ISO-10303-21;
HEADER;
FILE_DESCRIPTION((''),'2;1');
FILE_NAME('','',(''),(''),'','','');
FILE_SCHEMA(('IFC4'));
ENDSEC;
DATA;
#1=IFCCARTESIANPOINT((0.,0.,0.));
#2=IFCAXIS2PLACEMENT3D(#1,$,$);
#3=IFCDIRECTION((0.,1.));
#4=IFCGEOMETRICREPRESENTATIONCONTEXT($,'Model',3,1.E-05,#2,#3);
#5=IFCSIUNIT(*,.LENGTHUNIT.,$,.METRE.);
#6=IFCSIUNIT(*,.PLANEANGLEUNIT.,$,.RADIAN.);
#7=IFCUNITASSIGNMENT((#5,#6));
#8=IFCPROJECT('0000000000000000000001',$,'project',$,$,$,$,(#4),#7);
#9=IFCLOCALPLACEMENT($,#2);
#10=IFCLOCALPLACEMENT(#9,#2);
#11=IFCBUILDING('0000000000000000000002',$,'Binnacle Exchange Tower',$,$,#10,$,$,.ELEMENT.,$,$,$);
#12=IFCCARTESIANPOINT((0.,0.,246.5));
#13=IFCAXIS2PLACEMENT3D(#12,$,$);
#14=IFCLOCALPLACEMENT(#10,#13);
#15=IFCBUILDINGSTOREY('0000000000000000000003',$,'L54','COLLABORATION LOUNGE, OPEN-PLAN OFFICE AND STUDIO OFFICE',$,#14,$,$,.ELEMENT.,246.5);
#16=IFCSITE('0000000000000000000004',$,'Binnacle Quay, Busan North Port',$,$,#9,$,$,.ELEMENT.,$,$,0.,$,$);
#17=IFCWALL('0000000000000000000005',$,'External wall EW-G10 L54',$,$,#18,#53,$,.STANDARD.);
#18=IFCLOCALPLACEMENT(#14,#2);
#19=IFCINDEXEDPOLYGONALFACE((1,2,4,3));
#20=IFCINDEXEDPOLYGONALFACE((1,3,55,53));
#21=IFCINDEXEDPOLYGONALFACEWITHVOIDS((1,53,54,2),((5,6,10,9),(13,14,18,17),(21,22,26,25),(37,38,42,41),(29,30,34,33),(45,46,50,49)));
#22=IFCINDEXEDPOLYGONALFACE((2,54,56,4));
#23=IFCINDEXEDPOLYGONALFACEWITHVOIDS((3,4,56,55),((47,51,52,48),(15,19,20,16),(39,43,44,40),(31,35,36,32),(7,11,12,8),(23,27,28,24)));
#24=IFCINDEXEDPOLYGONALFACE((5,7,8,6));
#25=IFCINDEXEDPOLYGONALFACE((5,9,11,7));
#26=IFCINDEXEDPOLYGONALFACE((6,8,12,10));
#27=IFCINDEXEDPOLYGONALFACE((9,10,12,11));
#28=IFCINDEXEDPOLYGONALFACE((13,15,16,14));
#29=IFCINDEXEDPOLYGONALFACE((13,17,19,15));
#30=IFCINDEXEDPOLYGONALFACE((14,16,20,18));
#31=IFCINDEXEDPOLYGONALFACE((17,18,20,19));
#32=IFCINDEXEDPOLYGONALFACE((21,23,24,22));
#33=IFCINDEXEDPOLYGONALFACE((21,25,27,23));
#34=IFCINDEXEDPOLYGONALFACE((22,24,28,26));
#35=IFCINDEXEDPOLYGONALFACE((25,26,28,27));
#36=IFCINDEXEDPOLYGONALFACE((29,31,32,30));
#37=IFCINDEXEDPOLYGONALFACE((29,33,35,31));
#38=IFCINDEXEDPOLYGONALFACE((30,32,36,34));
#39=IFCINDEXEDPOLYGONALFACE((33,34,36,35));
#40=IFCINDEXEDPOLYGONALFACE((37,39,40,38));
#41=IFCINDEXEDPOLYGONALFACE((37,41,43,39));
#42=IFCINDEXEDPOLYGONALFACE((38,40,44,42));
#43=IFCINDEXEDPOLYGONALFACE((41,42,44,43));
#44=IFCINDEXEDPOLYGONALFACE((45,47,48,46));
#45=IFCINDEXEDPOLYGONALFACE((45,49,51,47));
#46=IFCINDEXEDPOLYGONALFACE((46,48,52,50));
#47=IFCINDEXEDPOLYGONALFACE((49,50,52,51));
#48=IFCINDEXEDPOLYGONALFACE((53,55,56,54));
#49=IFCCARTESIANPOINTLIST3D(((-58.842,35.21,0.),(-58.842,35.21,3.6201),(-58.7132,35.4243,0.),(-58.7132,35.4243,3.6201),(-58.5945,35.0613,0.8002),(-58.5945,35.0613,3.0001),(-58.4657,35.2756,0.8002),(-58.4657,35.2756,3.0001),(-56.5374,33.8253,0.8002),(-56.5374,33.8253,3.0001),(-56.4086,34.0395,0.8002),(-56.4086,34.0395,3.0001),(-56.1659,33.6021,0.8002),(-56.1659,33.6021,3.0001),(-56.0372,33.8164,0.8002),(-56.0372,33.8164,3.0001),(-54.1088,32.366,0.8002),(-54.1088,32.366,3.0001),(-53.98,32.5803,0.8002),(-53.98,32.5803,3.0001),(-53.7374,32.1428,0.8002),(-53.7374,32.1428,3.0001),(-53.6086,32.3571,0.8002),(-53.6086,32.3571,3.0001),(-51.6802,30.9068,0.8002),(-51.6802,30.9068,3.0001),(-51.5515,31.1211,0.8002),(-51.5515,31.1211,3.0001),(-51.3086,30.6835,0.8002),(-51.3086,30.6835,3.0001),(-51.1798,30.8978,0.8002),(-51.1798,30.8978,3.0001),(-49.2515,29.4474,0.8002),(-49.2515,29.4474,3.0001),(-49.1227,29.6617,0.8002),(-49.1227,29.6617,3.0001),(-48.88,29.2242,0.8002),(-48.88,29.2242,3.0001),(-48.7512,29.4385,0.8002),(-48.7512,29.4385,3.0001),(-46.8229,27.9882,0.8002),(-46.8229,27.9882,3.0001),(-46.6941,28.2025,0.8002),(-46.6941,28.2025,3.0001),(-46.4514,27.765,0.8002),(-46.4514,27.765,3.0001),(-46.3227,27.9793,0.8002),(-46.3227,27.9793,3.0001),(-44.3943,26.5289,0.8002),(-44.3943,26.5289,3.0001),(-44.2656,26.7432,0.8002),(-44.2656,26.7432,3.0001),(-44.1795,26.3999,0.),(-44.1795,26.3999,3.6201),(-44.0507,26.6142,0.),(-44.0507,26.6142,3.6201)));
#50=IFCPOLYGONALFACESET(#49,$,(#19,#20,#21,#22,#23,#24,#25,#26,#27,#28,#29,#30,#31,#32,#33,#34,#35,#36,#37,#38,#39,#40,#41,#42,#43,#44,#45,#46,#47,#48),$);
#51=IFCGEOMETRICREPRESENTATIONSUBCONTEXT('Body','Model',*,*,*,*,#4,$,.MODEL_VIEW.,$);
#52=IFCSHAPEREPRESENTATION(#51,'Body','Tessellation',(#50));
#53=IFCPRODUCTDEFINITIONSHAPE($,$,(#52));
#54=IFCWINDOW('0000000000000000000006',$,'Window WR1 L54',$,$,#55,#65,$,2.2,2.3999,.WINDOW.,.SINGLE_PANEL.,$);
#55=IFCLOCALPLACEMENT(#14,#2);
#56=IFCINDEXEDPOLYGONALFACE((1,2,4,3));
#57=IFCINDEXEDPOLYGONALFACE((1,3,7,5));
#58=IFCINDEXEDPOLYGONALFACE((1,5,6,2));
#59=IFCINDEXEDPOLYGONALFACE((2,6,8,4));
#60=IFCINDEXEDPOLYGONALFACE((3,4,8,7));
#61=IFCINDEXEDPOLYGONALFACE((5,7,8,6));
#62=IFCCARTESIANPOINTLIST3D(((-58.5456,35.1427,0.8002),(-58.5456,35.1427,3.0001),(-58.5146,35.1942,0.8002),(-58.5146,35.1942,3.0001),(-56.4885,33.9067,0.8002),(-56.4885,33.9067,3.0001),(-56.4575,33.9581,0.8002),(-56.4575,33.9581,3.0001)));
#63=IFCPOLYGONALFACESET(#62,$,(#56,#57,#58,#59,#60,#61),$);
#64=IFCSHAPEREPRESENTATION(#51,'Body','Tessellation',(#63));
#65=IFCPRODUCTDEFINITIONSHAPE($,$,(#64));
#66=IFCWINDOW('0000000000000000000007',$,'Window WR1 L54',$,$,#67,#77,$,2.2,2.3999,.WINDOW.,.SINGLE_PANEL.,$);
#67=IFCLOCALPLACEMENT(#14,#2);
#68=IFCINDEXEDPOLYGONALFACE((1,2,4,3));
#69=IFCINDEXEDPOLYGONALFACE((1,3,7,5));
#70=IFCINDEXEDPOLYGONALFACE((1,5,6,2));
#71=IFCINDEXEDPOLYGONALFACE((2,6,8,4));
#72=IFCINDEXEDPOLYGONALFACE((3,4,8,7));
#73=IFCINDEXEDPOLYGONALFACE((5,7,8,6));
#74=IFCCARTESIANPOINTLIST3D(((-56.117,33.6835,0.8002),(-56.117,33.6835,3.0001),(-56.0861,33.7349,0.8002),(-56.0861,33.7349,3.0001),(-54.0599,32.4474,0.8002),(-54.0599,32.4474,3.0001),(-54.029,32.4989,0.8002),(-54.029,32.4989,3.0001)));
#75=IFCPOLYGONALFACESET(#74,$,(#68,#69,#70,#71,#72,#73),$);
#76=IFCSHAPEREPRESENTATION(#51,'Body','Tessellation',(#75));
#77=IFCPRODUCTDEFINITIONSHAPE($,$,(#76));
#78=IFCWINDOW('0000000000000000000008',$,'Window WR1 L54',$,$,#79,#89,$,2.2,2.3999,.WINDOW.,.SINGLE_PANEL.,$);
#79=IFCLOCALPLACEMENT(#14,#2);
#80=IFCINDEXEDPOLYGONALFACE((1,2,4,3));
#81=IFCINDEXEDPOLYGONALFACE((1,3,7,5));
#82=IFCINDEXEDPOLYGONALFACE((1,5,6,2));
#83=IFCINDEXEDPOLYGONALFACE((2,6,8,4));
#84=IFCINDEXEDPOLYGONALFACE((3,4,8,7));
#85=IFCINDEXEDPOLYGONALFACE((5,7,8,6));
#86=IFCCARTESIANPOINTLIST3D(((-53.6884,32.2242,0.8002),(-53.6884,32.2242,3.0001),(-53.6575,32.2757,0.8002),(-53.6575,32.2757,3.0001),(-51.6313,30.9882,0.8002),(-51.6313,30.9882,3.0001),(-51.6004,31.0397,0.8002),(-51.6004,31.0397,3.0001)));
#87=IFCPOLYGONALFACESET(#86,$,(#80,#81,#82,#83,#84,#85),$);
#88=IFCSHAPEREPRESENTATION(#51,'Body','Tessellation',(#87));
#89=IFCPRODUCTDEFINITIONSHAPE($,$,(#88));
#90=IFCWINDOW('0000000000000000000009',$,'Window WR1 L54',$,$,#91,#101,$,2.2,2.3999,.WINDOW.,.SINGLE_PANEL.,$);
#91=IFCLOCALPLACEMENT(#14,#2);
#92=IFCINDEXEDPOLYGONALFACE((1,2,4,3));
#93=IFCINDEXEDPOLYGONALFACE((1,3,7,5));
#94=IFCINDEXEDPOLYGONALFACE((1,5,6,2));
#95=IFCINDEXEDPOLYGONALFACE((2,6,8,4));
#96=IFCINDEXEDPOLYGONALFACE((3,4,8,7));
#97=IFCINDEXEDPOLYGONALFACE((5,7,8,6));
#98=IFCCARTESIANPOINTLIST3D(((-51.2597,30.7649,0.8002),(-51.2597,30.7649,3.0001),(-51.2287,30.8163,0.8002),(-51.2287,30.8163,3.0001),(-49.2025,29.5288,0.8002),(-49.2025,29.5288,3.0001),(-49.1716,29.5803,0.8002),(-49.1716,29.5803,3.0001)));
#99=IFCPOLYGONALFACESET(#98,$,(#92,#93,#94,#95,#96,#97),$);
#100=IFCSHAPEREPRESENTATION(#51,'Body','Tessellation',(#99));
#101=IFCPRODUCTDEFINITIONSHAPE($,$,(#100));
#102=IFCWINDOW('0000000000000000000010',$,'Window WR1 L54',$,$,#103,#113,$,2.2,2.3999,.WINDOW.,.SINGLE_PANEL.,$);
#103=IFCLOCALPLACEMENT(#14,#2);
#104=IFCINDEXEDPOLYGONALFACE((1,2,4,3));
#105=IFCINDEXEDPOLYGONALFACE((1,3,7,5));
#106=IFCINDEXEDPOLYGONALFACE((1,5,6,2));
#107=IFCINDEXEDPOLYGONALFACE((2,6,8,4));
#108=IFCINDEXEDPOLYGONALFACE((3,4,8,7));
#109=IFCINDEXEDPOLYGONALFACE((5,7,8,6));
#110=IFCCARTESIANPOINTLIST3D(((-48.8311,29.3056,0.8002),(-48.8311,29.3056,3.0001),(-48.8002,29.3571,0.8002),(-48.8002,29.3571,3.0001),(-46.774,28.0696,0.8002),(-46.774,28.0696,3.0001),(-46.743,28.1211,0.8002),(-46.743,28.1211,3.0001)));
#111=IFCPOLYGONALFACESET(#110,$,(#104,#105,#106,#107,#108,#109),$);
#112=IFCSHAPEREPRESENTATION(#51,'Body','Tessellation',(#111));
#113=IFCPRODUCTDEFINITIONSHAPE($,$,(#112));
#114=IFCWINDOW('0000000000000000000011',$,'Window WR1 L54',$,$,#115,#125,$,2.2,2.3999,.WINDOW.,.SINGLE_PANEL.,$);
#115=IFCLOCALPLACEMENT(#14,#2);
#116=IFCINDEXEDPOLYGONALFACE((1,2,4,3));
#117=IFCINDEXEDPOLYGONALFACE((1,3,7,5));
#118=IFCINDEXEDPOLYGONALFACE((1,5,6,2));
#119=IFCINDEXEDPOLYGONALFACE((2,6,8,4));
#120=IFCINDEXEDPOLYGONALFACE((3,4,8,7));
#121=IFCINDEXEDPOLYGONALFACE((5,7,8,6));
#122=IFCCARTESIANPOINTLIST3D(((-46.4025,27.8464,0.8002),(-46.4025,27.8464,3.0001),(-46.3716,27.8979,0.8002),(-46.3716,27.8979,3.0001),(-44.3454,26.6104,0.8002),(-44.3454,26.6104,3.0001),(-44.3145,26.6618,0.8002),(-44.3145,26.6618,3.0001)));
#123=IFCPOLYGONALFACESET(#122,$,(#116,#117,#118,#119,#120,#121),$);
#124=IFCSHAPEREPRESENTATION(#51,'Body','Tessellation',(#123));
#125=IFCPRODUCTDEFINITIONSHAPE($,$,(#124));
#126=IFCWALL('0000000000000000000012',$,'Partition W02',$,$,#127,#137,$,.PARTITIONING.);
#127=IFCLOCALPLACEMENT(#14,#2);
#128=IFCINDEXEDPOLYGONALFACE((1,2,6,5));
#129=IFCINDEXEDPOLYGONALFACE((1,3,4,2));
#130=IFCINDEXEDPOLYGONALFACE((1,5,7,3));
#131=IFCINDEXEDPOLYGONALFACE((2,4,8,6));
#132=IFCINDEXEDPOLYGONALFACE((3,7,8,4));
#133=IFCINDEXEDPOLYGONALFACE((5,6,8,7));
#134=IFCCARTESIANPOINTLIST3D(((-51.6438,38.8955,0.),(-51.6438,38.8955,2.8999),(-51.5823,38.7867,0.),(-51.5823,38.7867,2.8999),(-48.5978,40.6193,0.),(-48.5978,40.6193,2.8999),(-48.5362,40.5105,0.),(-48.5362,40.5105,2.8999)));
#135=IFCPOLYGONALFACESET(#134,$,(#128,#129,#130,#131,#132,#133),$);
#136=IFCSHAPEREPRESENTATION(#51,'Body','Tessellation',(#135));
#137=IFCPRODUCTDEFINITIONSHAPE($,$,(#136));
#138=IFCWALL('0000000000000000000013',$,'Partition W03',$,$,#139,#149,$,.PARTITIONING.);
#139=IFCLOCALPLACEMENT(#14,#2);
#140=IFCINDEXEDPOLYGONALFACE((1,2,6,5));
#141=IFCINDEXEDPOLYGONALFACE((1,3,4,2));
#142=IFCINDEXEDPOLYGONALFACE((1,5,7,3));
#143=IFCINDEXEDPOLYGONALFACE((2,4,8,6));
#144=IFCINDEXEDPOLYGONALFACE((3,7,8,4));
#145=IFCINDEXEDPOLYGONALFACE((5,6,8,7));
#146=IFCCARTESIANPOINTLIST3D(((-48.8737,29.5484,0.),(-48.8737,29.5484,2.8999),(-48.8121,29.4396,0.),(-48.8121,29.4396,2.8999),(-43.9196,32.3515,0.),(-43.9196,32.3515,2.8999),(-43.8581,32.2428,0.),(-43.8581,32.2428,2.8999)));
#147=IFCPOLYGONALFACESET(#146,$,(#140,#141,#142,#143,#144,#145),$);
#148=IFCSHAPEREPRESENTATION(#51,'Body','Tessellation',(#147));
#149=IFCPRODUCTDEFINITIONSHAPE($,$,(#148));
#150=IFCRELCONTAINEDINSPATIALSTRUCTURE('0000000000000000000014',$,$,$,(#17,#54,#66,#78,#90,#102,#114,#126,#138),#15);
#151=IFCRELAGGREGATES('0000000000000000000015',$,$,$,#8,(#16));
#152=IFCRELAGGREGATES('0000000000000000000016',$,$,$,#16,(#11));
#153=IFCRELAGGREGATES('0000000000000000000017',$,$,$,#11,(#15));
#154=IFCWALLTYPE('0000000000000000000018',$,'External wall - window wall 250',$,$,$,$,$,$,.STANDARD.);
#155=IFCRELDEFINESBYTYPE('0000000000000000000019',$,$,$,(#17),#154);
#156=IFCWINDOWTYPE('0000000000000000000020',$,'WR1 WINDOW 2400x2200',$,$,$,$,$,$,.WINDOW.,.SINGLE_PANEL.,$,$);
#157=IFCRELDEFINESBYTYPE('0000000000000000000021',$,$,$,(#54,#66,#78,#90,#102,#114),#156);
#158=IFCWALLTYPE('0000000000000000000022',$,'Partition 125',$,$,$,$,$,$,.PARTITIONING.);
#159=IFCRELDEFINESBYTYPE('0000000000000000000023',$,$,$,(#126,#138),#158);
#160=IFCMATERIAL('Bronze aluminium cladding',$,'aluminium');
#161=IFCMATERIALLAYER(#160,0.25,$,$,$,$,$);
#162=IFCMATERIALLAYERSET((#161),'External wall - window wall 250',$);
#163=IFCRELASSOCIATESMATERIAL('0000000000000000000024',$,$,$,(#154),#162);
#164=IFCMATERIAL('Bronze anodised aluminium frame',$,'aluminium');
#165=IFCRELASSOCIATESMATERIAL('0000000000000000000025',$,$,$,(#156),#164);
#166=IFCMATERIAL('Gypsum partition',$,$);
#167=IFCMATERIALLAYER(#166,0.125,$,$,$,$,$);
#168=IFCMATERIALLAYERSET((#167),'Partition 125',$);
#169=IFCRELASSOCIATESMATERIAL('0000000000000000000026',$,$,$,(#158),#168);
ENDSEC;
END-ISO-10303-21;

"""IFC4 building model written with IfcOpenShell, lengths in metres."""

from ifc_helpers import new_model, si_unit, direction, frame, frame_2d, origin, place, context, subcontext, project, spatial, rectangle, extrude, material, layer, layer_set, type_object, element, fill, save


model = new_model("IFC4")

# Units and contexts
model_context = context("Model", 3, precision=1e-05, world=origin(), true_north=direction((0.0, 1.0)))
body_context = subcontext(model_context, "Body", "Model", "MODEL_VIEW")
ifc_project = project(units=[si_unit("LENGTHUNIT", "METRE"), si_unit("PLANEANGLEUNIT", "RADIAN")], contexts=[model_context])

# Site, building, storey
site_placement = place(None, origin())
site = spatial("IfcSite", under=ifc_project, at=site_placement, Name="Binnacle Quay, Busan North Port", CompositionType="ELEMENT", RefElevation=0.0)
building_placement = place(site_placement, origin())
building = spatial("IfcBuilding", under=site, at=building_placement, Name="Binnacle Exchange Tower", CompositionType="ELEMENT")
storey_placement = place(building_placement, frame((0.0, 0.0, 246.5)))
storey = spatial("IfcBuildingStorey", under=building, at=storey_placement, Name="L54", Description="COLLABORATION LOUNGE, OPEN-PLAN OFFICE AND STUDIO OFFICE", CompositionType="ELEMENT", Elevation=246.5)

# Shared definitions
ifc_material_1 = material(Name="Bronze aluminium cladding", Category="aluminium")
ifc_layer_1 = layer(ifc_material_1, 0.25)
ifc_layer_set_1 = layer_set([ifc_layer_1], Name="External wall - window wall 250")
wall_type_1 = type_object("IfcWallType", Name="External wall - window wall 250", PredefinedType="STANDARD", material=ifc_layer_set_1)

# Wall, openings, windows
wall_1_placement = place(storey_placement, frame((-44.1152, 26.5071, 0.0), z_axis=(0.0, 0.0, 1.0), x_axis=(-0.857167, 0.515039, 0.0)))
wall_1 = element("IfcWall", 1, at=wall_1_placement, inside=storey, type_object=wall_type_1, Name="External wall EW-G10 L54", PredefinedType="STANDARD", context=body_context, shape_type="SweptSolid", body=[
    extrude(rectangle(XDim=17.1057, YDim=0.25, at=frame_2d((8.5527, 0.0))), origin(), (0.0, 0.0, 1.0), 3.6201),
])
opening_1_placement = place(wall_1_placement, frame((14.417, 0.0, 0.8)))
opening_1 = element("IfcOpeningElement", 2, at=opening_1_placement, cuts=wall_1, PredefinedType="OPENING", context=body_context, shape_type="SweptSolid", body=[
    extrude(rectangle(XDim=2.3999, YDim=2.2, at=frame_2d((1.2, 1.1001))), frame((0.0, 0.135, 0.0), z_axis=(0.0, -1.0, 0.0), x_axis=(1.0, 0.0, 0.0)), (0.0, 0.0, 1.0), 0.27),
])
opening_2_placement = place(wall_1_placement, frame((11.5837, 0.0, 0.8)))
opening_2 = element("IfcOpeningElement", 3, at=opening_2_placement, cuts=wall_1, PredefinedType="OPENING", context=body_context, shape_type="SweptSolid", body=[
    extrude(rectangle(XDim=2.3999, YDim=2.2, at=frame_2d((1.2, 1.1001))), frame((0.0, 0.135, 0.0), z_axis=(0.0, -1.0, 0.0), x_axis=(1.0, 0.0, 0.0)), (0.0, 0.0, 1.0), 0.27),
])
opening_3_placement = place(wall_1_placement, frame((8.7505, 0.0, 0.8)))
opening_3 = element("IfcOpeningElement", 4, at=opening_3_placement, cuts=wall_1, PredefinedType="OPENING", context=body_context, shape_type="SweptSolid", body=[
    extrude(rectangle(XDim=2.3999, YDim=2.2, at=frame_2d((1.2, 1.1001))), frame((0.0, 0.135, 0.0), z_axis=(0.0, -1.0, 0.0), x_axis=(1.0, 0.0, 0.0)), (0.0, 0.0, 1.0), 0.27),
])
opening_4_placement = place(wall_1_placement, frame((5.917, 0.0, 0.8)))
opening_4 = element("IfcOpeningElement", 5, at=opening_4_placement, cuts=wall_1, PredefinedType="OPENING", context=body_context, shape_type="SweptSolid", body=[
    extrude(rectangle(XDim=2.3999, YDim=2.2, at=frame_2d((1.2, 1.1001))), frame((0.0, 0.135, 0.0), z_axis=(0.0, -1.0, 0.0), x_axis=(1.0, 0.0, 0.0)), (0.0, 0.0, 1.0), 0.27),
])
opening_5_placement = place(wall_1_placement, frame((3.0837, 0.0, 0.8)))
opening_5 = element("IfcOpeningElement", 6, at=opening_5_placement, cuts=wall_1, PredefinedType="OPENING", context=body_context, shape_type="SweptSolid", body=[
    extrude(rectangle(XDim=2.3999, YDim=2.2, at=frame_2d((1.2, 1.1001))), frame((0.0, 0.135, 0.0), z_axis=(0.0, -1.0, 0.0), x_axis=(1.0, 0.0, 0.0)), (0.0, 0.0, 1.0), 0.27),
])
opening_6_placement = place(wall_1_placement, frame((0.2505, 0.0, 0.8)))
opening_6 = element("IfcOpeningElement", 7, at=opening_6_placement, cuts=wall_1, PredefinedType="OPENING", context=body_context, shape_type="SweptSolid", body=[
    extrude(rectangle(XDim=2.3999, YDim=2.2, at=frame_2d((1.2, 1.1001))), frame((0.0, 0.135, 0.0), z_axis=(0.0, -1.0, 0.0), x_axis=(1.0, 0.0, 0.0)), (0.0, 0.0, 1.0), 0.27),
])
ifc_material_2 = material(Name="Bronze anodised aluminium frame", Category="aluminium")
window_type = type_object("IfcWindowType", Name="WR1 WINDOW 2400x2200", PartitioningType="SINGLE_PANEL", PredefinedType="WINDOW", material=ifc_material_2)
window_1_placement = place(opening_1_placement, origin())
window_1 = element("IfcWindow", 8, at=window_1_placement, inside=storey, type_object=window_type, Name="Window WR1 L54", OverallHeight=2.2, OverallWidth=2.3999, PartitioningType="SINGLE_PANEL", PredefinedType="WINDOW", context=body_context, shape_type="SweptSolid", body=[
    extrude(rectangle(XDim=2.3999, YDim=2.2, at=frame_2d((1.2, 1.1001))), frame((0.0, 0.03, 0.0), z_axis=(0.0, -1.0, 0.0), x_axis=(1.0, 0.0, 0.0)), (0.0, 0.0, 1.0), 0.0601),
])
fill(opening_1, window_1)
window_2_placement = place(opening_2_placement, origin())
window_2 = element("IfcWindow", 9, at=window_2_placement, inside=storey, type_object=window_type, Name="Window WR1 L54", OverallHeight=2.2, OverallWidth=2.3999, PartitioningType="SINGLE_PANEL", PredefinedType="WINDOW", context=body_context, shape_type="SweptSolid", body=[
    extrude(rectangle(XDim=2.3999, YDim=2.2, at=frame_2d((1.2, 1.1001))), frame((0.0, 0.03, 0.0), z_axis=(0.0, -1.0, 0.0), x_axis=(1.0, 0.0, 0.0)), (0.0, 0.0, 1.0), 0.0601),
])
fill(opening_2, window_2)
window_3_placement = place(opening_3_placement, origin())
window_3 = element("IfcWindow", 10, at=window_3_placement, inside=storey, type_object=window_type, Name="Window WR1 L54", OverallHeight=2.2, OverallWidth=2.3999, PartitioningType="SINGLE_PANEL", PredefinedType="WINDOW", context=body_context, shape_type="SweptSolid", body=[
    extrude(rectangle(XDim=2.3999, YDim=2.2, at=frame_2d((1.2, 1.1001))), frame((0.0, 0.03, 0.0), z_axis=(0.0, -1.0, 0.0), x_axis=(1.0, 0.0, 0.0)), (0.0, 0.0, 1.0), 0.0601),
])
fill(opening_3, window_3)
window_4_placement = place(opening_4_placement, origin())
window_4 = element("IfcWindow", 11, at=window_4_placement, inside=storey, type_object=window_type, Name="Window WR1 L54", OverallHeight=2.2, OverallWidth=2.3999, PartitioningType="SINGLE_PANEL", PredefinedType="WINDOW", context=body_context, shape_type="SweptSolid", body=[
    extrude(rectangle(XDim=2.3999, YDim=2.2, at=frame_2d((1.2, 1.1001))), frame((0.0, 0.03, 0.0), z_axis=(0.0, -1.0, 0.0), x_axis=(1.0, 0.0, 0.0)), (0.0, 0.0, 1.0), 0.0601),
])
fill(opening_4, window_4)
window_5_placement = place(opening_5_placement, origin())
window_5 = element("IfcWindow", 12, at=window_5_placement, inside=storey, type_object=window_type, Name="Window WR1 L54", OverallHeight=2.2, OverallWidth=2.3999, PartitioningType="SINGLE_PANEL", PredefinedType="WINDOW", context=body_context, shape_type="SweptSolid", body=[
    extrude(rectangle(XDim=2.3999, YDim=2.2, at=frame_2d((1.2, 1.1001))), frame((0.0, 0.03, 0.0), z_axis=(0.0, -1.0, 0.0), x_axis=(1.0, 0.0, 0.0)), (0.0, 0.0, 1.0), 0.0601),
])
fill(opening_5, window_5)
window_6_placement = place(opening_6_placement, origin())
window_6 = element("IfcWindow", 13, at=window_6_placement, inside=storey, type_object=window_type, Name="Window WR1 L54", OverallHeight=2.2, OverallWidth=2.3999, PartitioningType="SINGLE_PANEL", PredefinedType="WINDOW", context=body_context, shape_type="SweptSolid", body=[
    extrude(rectangle(XDim=2.3999, YDim=2.2, at=frame_2d((1.2, 1.1001))), frame((0.0, 0.03, 0.0), z_axis=(0.0, -1.0, 0.0), x_axis=(1.0, 0.0, 0.0)), (0.0, 0.0, 1.0), 0.0601),
])
fill(opening_6, window_6)

# Walls
ifc_material_3 = material(Name="Gypsum partition")
ifc_layer_2 = layer(ifc_material_3, 0.125)
ifc_layer_set_2 = layer_set([ifc_layer_2], Name="Partition 125")
wall_type_2 = type_object("IfcWallType", Name="Partition 125", PredefinedType="PARTITIONING", material=ifc_layer_set_2)
wall_2_placement = place(storey_placement, frame((-51.613, 38.8411, 0.0), z_axis=(0.0, 0.0, 1.0), x_axis=(0.8703, 0.492521, 0.0)))
element("IfcWall", 14, at=wall_2_placement, inside=storey, type_object=wall_type_2, Name="Partition W02", PredefinedType="PARTITIONING", context=body_context, shape_type="SweptSolid", body=[
    extrude(rectangle(XDim=3.5, YDim=0.125, at=frame_2d((1.75, 0.0))), origin(), (0.0, 0.0, 1.0), 2.8999),
])
wall_3_placement = place(storey_placement, frame((-48.843, 29.4939, 0.0), z_axis=(0.0, 0.0, 1.0), x_axis=(0.870331, 0.492467, 0.0)))
element("IfcWall", 15, at=wall_3_placement, inside=storey, type_object=wall_type_2, Name="Partition W03", PredefinedType="PARTITIONING", context=body_context, shape_type="SweptSolid", body=[
    extrude(rectangle(XDim=5.6921, YDim=0.125, at=frame_2d((2.8462, 0.0))), origin(), (0.0, 0.0, 1.0), 2.8999),
])

save(model, "model.ifc")
